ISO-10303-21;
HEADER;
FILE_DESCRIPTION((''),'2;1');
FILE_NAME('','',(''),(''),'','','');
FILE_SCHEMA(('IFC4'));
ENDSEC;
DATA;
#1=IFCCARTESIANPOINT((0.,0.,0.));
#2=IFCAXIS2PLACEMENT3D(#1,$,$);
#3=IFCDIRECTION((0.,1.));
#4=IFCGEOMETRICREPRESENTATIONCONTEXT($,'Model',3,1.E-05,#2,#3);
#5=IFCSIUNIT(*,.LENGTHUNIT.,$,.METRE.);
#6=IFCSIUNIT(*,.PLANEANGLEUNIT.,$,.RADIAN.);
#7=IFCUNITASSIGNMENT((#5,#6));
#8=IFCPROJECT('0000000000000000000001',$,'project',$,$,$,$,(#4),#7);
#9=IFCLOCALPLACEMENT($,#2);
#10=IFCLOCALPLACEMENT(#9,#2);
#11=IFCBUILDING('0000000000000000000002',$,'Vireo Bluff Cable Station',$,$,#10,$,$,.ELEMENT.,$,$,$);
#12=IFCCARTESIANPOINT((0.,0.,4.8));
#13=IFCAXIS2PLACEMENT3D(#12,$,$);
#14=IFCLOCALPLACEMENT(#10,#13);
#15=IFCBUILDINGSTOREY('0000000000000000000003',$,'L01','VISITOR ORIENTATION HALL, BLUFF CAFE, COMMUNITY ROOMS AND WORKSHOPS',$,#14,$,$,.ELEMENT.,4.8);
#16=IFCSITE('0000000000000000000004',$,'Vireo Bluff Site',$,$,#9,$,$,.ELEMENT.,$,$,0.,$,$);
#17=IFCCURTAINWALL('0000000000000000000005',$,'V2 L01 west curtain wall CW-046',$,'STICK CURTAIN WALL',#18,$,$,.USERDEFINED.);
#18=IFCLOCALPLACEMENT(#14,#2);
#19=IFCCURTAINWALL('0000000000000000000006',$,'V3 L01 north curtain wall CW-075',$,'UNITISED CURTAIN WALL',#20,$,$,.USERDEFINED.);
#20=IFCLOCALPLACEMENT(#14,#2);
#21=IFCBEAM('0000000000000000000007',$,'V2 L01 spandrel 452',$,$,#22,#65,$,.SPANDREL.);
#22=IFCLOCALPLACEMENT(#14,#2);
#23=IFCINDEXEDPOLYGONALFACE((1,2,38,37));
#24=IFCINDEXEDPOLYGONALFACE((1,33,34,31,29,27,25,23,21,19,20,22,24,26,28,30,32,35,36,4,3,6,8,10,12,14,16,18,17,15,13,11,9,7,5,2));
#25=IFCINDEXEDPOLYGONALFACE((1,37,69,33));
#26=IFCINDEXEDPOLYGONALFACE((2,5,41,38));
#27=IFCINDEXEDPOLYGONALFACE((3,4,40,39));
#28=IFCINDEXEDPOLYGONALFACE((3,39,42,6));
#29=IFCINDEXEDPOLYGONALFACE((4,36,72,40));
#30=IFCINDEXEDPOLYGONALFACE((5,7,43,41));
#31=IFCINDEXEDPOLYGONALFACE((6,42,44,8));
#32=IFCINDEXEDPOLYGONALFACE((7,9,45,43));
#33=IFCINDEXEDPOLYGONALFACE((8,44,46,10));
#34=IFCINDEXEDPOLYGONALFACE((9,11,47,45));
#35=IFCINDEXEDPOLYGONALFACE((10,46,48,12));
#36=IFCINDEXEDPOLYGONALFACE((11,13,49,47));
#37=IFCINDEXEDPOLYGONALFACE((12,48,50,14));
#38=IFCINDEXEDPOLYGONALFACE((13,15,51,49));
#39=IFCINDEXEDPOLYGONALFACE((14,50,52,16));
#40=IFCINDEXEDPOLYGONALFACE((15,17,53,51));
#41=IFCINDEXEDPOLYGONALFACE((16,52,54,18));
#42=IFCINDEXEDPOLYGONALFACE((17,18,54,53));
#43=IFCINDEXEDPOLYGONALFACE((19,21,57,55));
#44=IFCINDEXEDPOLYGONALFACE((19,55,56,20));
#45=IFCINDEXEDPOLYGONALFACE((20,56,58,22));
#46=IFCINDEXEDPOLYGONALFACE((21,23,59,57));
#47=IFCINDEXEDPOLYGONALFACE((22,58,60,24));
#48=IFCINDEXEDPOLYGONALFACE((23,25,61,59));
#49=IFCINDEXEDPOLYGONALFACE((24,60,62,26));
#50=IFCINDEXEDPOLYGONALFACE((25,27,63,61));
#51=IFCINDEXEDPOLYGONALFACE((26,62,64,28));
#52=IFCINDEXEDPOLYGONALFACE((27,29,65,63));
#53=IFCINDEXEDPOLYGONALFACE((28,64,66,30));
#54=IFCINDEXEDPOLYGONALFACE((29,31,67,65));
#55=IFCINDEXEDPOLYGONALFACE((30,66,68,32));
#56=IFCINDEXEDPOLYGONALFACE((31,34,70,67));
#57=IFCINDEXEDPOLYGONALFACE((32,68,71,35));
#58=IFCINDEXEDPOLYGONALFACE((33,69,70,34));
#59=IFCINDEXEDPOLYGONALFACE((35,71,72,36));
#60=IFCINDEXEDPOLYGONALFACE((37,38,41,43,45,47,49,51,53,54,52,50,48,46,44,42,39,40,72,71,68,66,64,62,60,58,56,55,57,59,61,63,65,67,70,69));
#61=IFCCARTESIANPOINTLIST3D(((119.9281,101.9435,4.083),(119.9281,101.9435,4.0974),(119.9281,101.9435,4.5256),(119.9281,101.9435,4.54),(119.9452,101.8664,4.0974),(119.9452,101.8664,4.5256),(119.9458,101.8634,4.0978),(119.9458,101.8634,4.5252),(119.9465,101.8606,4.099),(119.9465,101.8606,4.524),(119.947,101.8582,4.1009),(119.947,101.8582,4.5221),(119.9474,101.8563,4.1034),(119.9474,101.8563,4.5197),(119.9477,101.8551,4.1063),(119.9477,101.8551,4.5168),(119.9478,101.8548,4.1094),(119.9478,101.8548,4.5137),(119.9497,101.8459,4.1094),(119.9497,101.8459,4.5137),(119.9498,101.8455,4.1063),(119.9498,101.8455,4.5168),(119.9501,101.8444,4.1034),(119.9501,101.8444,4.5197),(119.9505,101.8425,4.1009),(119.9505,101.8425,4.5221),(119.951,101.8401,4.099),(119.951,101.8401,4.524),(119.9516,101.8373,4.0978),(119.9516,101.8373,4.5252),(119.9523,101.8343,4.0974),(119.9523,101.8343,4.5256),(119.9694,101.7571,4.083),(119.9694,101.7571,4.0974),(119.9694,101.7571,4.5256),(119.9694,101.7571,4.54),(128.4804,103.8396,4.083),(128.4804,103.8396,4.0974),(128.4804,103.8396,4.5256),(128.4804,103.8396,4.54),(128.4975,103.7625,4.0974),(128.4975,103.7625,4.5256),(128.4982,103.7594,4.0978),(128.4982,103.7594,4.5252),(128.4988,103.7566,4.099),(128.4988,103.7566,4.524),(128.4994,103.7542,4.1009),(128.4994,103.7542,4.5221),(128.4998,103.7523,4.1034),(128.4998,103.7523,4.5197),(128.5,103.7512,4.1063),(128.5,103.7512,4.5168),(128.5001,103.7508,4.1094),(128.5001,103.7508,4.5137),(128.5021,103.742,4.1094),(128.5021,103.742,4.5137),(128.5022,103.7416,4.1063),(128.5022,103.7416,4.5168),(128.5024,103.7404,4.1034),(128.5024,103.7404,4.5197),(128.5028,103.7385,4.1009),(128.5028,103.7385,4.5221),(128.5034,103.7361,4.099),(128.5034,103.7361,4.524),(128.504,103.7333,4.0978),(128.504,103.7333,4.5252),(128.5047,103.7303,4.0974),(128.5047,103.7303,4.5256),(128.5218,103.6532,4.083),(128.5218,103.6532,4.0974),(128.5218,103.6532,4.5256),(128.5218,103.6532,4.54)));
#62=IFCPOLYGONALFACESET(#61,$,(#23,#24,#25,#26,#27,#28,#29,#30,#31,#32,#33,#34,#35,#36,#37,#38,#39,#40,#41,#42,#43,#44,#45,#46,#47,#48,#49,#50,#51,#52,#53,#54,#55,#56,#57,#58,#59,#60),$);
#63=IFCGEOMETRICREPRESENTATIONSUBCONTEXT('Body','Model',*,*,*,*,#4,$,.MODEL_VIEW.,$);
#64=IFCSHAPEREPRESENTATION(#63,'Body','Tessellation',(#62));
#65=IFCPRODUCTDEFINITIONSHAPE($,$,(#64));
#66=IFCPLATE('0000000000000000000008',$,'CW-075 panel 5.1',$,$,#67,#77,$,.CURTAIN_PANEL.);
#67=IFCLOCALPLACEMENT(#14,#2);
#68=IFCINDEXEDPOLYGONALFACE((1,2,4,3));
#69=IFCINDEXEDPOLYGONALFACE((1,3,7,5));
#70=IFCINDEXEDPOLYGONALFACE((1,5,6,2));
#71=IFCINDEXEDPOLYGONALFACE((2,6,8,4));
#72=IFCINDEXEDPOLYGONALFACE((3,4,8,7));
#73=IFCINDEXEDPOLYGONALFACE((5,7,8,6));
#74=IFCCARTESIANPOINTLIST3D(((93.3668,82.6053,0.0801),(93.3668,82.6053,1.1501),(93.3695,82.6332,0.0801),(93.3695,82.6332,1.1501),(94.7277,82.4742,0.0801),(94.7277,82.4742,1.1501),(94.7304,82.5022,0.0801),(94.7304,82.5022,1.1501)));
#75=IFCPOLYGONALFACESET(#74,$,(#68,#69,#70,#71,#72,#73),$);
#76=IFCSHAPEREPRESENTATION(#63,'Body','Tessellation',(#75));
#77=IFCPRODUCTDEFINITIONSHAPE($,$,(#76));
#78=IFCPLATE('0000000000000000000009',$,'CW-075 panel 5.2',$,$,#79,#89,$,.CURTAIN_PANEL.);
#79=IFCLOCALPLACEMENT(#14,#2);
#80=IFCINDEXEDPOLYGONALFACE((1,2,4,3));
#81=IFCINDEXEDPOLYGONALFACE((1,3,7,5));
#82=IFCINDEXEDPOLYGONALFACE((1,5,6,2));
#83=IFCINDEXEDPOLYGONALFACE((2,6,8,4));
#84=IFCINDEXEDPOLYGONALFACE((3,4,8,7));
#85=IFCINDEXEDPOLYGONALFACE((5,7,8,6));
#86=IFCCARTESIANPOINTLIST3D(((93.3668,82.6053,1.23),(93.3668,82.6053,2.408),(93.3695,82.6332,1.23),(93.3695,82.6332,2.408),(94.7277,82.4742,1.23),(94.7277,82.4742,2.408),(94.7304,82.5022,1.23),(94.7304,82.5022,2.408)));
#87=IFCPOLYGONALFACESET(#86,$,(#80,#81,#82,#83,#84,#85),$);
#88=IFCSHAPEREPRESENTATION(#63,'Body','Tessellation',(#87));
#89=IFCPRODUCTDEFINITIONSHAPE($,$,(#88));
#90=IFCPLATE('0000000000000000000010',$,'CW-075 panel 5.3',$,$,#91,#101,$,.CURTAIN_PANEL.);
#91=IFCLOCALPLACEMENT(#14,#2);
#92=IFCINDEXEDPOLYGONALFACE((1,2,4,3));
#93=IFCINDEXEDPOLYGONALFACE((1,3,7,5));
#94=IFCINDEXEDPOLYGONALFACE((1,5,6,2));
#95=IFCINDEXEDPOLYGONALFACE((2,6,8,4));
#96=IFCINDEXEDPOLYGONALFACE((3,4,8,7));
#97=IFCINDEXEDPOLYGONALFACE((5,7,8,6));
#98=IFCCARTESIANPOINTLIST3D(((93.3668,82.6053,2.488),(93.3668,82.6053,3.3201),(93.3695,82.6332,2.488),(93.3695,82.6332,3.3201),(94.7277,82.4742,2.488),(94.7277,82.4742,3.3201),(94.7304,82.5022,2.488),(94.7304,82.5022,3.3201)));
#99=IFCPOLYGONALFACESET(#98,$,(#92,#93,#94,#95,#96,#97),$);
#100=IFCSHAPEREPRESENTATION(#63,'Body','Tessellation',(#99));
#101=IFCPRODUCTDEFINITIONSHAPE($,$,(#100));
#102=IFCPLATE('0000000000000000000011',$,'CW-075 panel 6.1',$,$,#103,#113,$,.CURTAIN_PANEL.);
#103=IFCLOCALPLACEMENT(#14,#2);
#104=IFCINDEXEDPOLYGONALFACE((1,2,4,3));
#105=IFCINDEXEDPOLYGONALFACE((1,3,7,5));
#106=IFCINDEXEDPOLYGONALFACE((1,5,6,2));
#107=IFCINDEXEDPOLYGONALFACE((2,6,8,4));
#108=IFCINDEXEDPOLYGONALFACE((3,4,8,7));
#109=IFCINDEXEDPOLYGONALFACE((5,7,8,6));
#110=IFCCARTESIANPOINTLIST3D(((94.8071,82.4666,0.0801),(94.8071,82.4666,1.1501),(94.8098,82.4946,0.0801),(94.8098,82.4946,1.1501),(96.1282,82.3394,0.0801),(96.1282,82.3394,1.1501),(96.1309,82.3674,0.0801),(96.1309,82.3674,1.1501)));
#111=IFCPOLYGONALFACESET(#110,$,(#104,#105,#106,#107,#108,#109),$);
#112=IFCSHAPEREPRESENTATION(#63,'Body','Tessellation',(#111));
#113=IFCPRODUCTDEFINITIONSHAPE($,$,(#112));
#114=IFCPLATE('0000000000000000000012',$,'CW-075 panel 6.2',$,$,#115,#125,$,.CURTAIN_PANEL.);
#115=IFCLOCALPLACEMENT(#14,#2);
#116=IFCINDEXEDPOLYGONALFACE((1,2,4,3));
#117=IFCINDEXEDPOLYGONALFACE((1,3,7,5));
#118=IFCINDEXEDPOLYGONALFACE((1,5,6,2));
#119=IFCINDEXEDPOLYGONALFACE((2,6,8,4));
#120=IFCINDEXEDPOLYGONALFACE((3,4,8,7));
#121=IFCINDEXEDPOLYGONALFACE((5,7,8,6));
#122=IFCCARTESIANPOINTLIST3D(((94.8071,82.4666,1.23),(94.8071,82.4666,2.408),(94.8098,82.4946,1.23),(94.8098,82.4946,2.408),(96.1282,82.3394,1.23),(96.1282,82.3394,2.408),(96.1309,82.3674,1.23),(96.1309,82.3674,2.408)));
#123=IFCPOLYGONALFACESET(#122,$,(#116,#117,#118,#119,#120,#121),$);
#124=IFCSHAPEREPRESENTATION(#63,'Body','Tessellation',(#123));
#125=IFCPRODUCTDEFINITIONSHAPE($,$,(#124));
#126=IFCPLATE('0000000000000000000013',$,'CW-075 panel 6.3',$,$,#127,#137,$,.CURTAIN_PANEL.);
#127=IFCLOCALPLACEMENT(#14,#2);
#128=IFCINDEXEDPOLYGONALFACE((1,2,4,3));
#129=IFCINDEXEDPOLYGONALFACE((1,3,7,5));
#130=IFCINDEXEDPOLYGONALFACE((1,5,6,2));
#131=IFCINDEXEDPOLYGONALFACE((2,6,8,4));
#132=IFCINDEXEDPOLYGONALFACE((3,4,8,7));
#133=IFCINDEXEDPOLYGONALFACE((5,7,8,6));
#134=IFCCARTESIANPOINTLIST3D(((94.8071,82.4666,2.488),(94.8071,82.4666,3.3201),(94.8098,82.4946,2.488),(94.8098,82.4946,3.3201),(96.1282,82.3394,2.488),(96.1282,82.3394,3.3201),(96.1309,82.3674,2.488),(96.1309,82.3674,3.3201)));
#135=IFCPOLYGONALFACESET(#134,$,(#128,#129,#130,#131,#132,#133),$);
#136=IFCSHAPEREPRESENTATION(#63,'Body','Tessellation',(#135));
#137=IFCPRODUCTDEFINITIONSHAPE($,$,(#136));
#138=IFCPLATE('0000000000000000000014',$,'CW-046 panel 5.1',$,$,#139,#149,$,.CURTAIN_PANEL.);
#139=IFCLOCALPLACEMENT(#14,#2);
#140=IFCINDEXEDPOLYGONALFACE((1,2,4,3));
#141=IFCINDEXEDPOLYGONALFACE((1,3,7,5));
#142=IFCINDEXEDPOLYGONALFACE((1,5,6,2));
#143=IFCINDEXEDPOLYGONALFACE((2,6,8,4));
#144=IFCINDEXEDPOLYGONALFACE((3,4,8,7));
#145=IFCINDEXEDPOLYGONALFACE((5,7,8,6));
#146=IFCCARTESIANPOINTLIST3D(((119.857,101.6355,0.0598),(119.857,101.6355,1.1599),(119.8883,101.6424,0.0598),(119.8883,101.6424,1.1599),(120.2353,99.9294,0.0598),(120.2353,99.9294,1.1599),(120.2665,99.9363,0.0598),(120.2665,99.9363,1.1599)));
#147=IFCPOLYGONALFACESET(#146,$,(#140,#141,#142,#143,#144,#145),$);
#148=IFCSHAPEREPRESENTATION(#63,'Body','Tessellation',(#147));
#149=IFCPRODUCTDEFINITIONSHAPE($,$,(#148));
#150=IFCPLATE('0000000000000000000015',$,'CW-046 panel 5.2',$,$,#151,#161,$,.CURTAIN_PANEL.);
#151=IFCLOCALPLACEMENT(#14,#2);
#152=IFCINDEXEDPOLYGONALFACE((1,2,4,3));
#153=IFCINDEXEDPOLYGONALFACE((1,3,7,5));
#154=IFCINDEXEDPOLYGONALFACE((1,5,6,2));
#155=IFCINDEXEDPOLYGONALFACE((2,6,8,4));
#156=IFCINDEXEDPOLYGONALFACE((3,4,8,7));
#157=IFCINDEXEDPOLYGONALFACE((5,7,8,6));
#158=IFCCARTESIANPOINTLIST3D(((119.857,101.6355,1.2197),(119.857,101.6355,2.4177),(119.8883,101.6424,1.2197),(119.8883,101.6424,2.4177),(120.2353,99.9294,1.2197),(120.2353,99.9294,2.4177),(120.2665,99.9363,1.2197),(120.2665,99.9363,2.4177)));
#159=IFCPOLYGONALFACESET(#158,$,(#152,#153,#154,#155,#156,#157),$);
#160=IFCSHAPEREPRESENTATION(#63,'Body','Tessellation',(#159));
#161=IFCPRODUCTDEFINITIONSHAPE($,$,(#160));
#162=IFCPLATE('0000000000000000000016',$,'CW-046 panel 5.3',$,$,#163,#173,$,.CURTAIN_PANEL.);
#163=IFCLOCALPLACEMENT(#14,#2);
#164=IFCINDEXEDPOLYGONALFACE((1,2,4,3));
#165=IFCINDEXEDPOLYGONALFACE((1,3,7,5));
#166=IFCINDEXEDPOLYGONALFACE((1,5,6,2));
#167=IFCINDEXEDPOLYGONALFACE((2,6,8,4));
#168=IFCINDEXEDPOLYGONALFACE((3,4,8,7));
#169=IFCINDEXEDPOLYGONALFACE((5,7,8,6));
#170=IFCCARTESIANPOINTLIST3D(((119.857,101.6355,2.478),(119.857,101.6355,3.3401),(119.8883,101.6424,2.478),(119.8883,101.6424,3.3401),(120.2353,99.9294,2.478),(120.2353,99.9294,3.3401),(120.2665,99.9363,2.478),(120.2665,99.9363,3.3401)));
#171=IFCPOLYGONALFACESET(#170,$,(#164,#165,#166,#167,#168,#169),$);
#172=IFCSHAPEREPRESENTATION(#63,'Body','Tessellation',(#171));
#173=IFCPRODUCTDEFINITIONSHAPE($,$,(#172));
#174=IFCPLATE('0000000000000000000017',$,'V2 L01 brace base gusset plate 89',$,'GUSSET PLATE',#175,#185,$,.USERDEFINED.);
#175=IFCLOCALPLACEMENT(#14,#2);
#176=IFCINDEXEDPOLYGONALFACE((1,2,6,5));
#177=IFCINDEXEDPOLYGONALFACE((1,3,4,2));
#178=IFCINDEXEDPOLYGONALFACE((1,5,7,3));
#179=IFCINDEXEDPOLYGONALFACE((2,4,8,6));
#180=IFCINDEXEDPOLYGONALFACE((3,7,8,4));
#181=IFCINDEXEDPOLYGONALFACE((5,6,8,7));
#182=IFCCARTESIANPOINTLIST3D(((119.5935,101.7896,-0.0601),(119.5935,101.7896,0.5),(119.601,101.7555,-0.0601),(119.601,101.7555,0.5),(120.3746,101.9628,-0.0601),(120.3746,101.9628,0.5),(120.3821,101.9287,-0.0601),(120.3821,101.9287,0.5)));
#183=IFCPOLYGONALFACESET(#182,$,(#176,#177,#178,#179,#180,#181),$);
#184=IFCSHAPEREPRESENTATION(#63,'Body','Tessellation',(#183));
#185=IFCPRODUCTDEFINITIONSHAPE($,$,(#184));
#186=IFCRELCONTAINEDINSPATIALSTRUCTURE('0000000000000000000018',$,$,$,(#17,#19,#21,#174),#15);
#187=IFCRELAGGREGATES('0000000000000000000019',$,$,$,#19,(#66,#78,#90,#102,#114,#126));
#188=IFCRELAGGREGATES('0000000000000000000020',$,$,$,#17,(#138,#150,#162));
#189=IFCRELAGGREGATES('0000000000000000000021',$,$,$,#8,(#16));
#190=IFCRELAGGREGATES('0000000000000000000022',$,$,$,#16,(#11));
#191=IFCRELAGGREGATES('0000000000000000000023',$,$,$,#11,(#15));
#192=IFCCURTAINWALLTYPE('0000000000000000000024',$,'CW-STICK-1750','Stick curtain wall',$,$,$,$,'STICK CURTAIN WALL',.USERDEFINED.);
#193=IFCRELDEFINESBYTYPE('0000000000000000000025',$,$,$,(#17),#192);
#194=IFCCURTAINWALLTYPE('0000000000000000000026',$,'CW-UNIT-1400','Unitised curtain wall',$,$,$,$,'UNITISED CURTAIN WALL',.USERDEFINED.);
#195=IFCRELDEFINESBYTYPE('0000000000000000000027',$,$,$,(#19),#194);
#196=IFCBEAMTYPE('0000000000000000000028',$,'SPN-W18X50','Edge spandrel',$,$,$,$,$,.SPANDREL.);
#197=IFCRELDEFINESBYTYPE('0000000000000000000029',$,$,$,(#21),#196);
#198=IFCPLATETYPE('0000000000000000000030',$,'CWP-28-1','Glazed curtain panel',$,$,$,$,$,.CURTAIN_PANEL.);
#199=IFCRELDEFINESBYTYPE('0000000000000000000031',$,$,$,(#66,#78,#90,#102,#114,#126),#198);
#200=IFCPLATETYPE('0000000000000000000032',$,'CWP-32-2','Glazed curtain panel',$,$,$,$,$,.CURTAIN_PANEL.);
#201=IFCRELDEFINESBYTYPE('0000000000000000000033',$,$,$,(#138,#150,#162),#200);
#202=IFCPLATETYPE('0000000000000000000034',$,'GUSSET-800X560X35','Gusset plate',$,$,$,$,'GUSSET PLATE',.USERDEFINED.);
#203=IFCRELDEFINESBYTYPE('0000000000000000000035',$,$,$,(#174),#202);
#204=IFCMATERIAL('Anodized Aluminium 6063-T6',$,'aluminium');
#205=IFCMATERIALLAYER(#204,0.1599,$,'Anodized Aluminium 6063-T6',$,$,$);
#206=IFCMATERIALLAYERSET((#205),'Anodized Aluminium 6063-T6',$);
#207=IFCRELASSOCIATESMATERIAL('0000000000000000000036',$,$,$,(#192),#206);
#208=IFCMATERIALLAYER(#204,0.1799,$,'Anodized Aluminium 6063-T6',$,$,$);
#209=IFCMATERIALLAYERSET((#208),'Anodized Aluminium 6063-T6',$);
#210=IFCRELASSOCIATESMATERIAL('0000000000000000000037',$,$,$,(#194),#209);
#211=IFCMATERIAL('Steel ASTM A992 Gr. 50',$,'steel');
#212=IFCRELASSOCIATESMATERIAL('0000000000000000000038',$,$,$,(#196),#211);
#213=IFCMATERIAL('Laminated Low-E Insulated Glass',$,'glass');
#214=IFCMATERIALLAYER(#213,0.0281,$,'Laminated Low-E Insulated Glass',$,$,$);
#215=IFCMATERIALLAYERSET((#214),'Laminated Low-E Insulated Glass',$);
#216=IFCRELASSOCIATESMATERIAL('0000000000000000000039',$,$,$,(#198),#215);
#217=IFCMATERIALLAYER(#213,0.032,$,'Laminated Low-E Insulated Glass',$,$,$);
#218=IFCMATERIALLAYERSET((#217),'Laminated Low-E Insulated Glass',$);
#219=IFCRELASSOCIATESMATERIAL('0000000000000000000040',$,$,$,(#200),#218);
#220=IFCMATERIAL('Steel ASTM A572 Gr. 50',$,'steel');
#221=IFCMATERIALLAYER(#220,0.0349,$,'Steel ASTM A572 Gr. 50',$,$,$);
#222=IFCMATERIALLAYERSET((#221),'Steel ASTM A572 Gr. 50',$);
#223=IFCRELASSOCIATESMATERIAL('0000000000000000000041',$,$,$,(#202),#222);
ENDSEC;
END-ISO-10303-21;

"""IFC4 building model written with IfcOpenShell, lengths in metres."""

from ifc_helpers import new_model, si_unit, direction, frame, origin, origin_2d, place, context, subcontext, project, spatial, rectangle, i_section, extrude, material, layer, layer_set, material_profile, profile_set, type_object, element, aggregate, save


model = new_model("IFC4")

# Units and contexts
model_context = context("Model", 3, precision=1e-05, world=origin(), true_north=direction((0.0, 1.0)))
body_context = subcontext(model_context, "Body", "Model", "MODEL_VIEW")
ifc_project = project(units=[si_unit("LENGTHUNIT", "METRE"), si_unit("PLANEANGLEUNIT", "RADIAN")], contexts=[model_context])

# Site, building, storey
site_placement = place(None, origin())
site = spatial("IfcSite", under=ifc_project, at=site_placement, Name="Vireo Bluff Site", CompositionType="ELEMENT", RefElevation=0.0)
building_placement = place(site_placement, origin())
building = spatial("IfcBuilding", under=site, at=building_placement, Name="Vireo Bluff Cable Station", CompositionType="ELEMENT")
storey_placement = place(building_placement, frame((0.0, 0.0, 4.8)))
storey = spatial("IfcBuildingStorey", under=building, at=storey_placement, Name="L01", Description="VISITOR ORIENTATION HALL, BLUFF CAFE, COMMUNITY ROOMS AND WORKSHOPS", CompositionType="ELEMENT", Elevation=4.8)

# Shared definitions
ifc_material_1 = material(Name="Steel ASTM A992 Gr. 50", Category="steel")

# Curtain wall
ifc_material_2 = material(Name="Anodized Aluminium 6063-T6", Category="aluminium")
ifc_layer_1 = layer(ifc_material_2, 0.1599, Name="Anodized Aluminium 6063-T6")
ifc_layer_set_1 = layer_set([ifc_layer_1], Name="Anodized Aluminium 6063-T6")
curtain_wall_type_1 = type_object("IfcCurtainWallType", Name="CW-STICK-1750", Description="Stick curtain wall", ElementType="STICK CURTAIN WALL", PredefinedType="USERDEFINED", material=ifc_layer_set_1)
curtain_wall_1_placement = place(storey_placement, origin())
curtain_wall_1 = element("IfcCurtainWall", 1, at=curtain_wall_1_placement, inside=storey, type_object=curtain_wall_type_1, Name="V2 L01 west curtain wall CW-046", ObjectType="STICK CURTAIN WALL", PredefinedType="USERDEFINED")

# Curtain wall
ifc_layer_2 = layer(ifc_material_2, 0.1799, Name="Anodized Aluminium 6063-T6")
ifc_layer_set_2 = layer_set([ifc_layer_2], Name="Anodized Aluminium 6063-T6")
curtain_wall_type_2 = type_object("IfcCurtainWallType", Name="CW-UNIT-1400", Description="Unitised curtain wall", ElementType="UNITISED CURTAIN WALL", PredefinedType="USERDEFINED", material=ifc_layer_set_2)
curtain_wall_2_placement = place(storey_placement, origin())
curtain_wall_2 = element("IfcCurtainWall", 2, at=curtain_wall_2_placement, inside=storey, type_object=curtain_wall_type_2, Name="V3 L01 north curtain wall CW-075", ObjectType="UNITISED CURTAIN WALL", PredefinedType="USERDEFINED")

# Beam
ifc_material_profile_1 = material_profile(ifc_material_1, i_section(OverallWidth=0.1909, OverallDepth=0.457, WebThickness=0.009, FlangeThickness=0.0144, FilletRadius=0.012, at=origin_2d()), Name="W18X50")
ifc_profile_set_1 = profile_set([ifc_material_profile_1], Name="Steel ASTM A992 Gr. 50")
beam_type = type_object("IfcBeamType", Name="SPN-W18X50", Description="Edge spandrel", PredefinedType="SPANDREL", material=ifc_profile_set_1)
beam_placement = place(storey_placement, frame((119.9487, 101.8503, 4.3115), z_axis=(0.976296, 0.216441, 0.0), x_axis=(-0.216441, 0.976296, 0.0)))
element("IfcBeam", 3, at=beam_placement, inside=storey, type_object=beam_type, Name="V2 L01 spandrel 452", PredefinedType="SPANDREL", context=body_context, shape_type="SweptSolid", body=[
    extrude(i_section(OverallWidth=0.1909, OverallDepth=0.457, WebThickness=0.009, FlangeThickness=0.0144, FilletRadius=0.012, at=origin_2d()), origin(), (0.0, 0.0, 1.0), 8.76),
])

# Plates
ifc_material_3 = material(Name="Laminated Low-E Insulated Glass", Category="glass")
ifc_layer_3 = layer(ifc_material_3, 0.0281, Name="Laminated Low-E Insulated Glass")
ifc_layer_set_3 = layer_set([ifc_layer_3], Name="Laminated Low-E Insulated Glass")
plate_type_1 = type_object("IfcPlateType", Name="CWP-28-1", Description="Glazed curtain panel", PredefinedType="CURTAIN_PANEL", material=ifc_layer_set_3)
plate_1_placement = place(storey_placement, frame((94.0486, 82.5537, 0.0801), z_axis=(0.0, 0.0, 1.0), x_axis=(0.995396, -0.095846, 0.0)))
plate_1 = element("IfcPlate", 4, at=plate_1_placement, type_object=plate_type_1, Name="CW-075 panel 5.1", PredefinedType="CURTAIN_PANEL", context=body_context, shape_type="SweptSolid", body=[
    extrude(rectangle(XDim=1.3672, YDim=0.0281, at=origin_2d()), origin(), (0.0, 0.0, 1.0), 1.0701),
])
plate_2_placement = place(storey_placement, frame((94.0486, 82.5537, 1.23), z_axis=(0.0, 0.0, 1.0), x_axis=(0.995396, -0.095846, 0.0)))
plate_2 = element("IfcPlate", 5, at=plate_2_placement, type_object=plate_type_1, Name="CW-075 panel 5.2", PredefinedType="CURTAIN_PANEL", context=body_context, shape_type="SweptSolid", body=[
    extrude(rectangle(XDim=1.3672, YDim=0.0281, at=origin_2d()), origin(), (0.0, 0.0, 1.0), 1.178),
])
plate_3_placement = place(storey_placement, frame((94.0486, 82.5537, 2.488), z_axis=(0.0, 0.0, 1.0), x_axis=(0.995396, -0.095846, 0.0)))
plate_3 = element("IfcPlate", 6, at=plate_3_placement, type_object=plate_type_1, Name="CW-075 panel 5.3", PredefinedType="CURTAIN_PANEL", context=body_context, shape_type="SweptSolid", body=[
    extrude(rectangle(XDim=1.3672, YDim=0.0281, at=origin_2d()), origin(), (0.0, 0.0, 1.0), 0.832),
])
plate_4_placement = place(storey_placement, frame((95.469, 82.417, 0.0801), z_axis=(0.0, 0.0, 1.0), x_axis=(0.995396, -0.095846, 0.0)))
plate_4 = element("IfcPlate", 7, at=plate_4_placement, type_object=plate_type_1, Name="CW-075 panel 6.1", PredefinedType="CURTAIN_PANEL", context=body_context, shape_type="SweptSolid", body=[
    extrude(rectangle(XDim=1.3271, YDim=0.0281, at=origin_2d()), origin(), (0.0, 0.0, 1.0), 1.0701),
])
plate_5_placement = place(storey_placement, frame((95.469, 82.417, 1.23), z_axis=(0.0, 0.0, 1.0), x_axis=(0.995396, -0.095846, 0.0)))
plate_5 = element("IfcPlate", 8, at=plate_5_placement, type_object=plate_type_1, Name="CW-075 panel 6.2", PredefinedType="CURTAIN_PANEL", context=body_context, shape_type="SweptSolid", body=[
    extrude(rectangle(XDim=1.3271, YDim=0.0281, at=origin_2d()), origin(), (0.0, 0.0, 1.0), 1.178),
])
plate_6_placement = place(storey_placement, frame((95.469, 82.417, 2.488), z_axis=(0.0, 0.0, 1.0), x_axis=(0.995396, -0.095846, 0.0)))
plate_6 = element("IfcPlate", 9, at=plate_6_placement, type_object=plate_type_1, Name="CW-075 panel 6.3", PredefinedType="CURTAIN_PANEL", context=body_context, shape_type="SweptSolid", body=[
    extrude(rectangle(XDim=1.3271, YDim=0.0281, at=origin_2d()), origin(), (0.0, 0.0, 1.0), 0.832),
])
aggregate(curtain_wall_2, [plate_1, plate_2, plate_3, plate_4, plate_5, plate_6])
ifc_layer_4 = layer(ifc_material_3, 0.032, Name="Laminated Low-E Insulated Glass")
ifc_layer_set_4 = layer_set([ifc_layer_4], Name="Laminated Low-E Insulated Glass")
plate_type_2 = type_object("IfcPlateType", Name="CWP-32-2", Description="Glazed curtain panel", PredefinedType="CURTAIN_PANEL", material=ifc_layer_set_4)
plate_7_placement = place(storey_placement, frame((120.0618, 100.7859, 0.0598), z_axis=(0.0, 0.0, 1.0), x_axis=(-0.21644, 0.976296, 0.0)))
plate_7 = element("IfcPlate", 10, at=plate_7_placement, type_object=plate_type_2, Name="CW-046 panel 5.1", PredefinedType="CURTAIN_PANEL", context=body_context, shape_type="SweptSolid", body=[
    extrude(rectangle(XDim=1.7476, YDim=0.032, at=origin_2d()), origin(), (0.0, 0.0, 1.0), 1.1001),
])
plate_8_placement = place(storey_placement, frame((120.0618, 100.7859, 1.2197), z_axis=(0.0, 0.0, 1.0), x_axis=(-0.21644, 0.976296, 0.0)))
plate_8 = element("IfcPlate", 11, at=plate_8_placement, type_object=plate_type_2, Name="CW-046 panel 5.2", PredefinedType="CURTAIN_PANEL", context=body_context, shape_type="SweptSolid", body=[
    extrude(rectangle(XDim=1.7476, YDim=0.032, at=origin_2d()), origin(), (0.0, 0.0, 1.0), 1.198),
])
plate_9_placement = place(storey_placement, frame((120.0618, 100.7859, 2.478), z_axis=(0.0, 0.0, 1.0), x_axis=(-0.21644, 0.976296, 0.0)))
plate_9 = element("IfcPlate", 12, at=plate_9_placement, type_object=plate_type_2, Name="CW-046 panel 5.3", PredefinedType="CURTAIN_PANEL", context=body_context, shape_type="SweptSolid", body=[
    extrude(rectangle(XDim=1.7476, YDim=0.032, at=origin_2d()), origin(), (0.0, 0.0, 1.0), 0.8621),
])
aggregate(curtain_wall_1, [plate_7, plate_8, plate_9])
ifc_material_4 = material(Name="Steel ASTM A572 Gr. 50", Category="steel")
ifc_layer_5 = layer(ifc_material_4, 0.0349, Name="Steel ASTM A572 Gr. 50")
ifc_layer_set_5 = layer_set([ifc_layer_5], Name="Steel ASTM A572 Gr. 50")
plate_type_3 = type_object("IfcPlateType", Name="GUSSET-800X560X35", Description="Gusset plate", ElementType="GUSSET PLATE", PredefinedType="USERDEFINED", material=ifc_layer_set_5)
plate_10_placement = place(storey_placement, frame((119.9878, 101.8591, -0.0601), z_axis=(0.0, 0.0, 1.0), x_axis=(0.976296, 0.21644, 0.0)))
element("IfcPlate", 13, at=plate_10_placement, inside=storey, type_object=plate_type_3, Name="V2 L01 brace base gusset plate 89", ObjectType="GUSSET PLATE", PredefinedType="USERDEFINED", context=body_context, shape_type="SweptSolid", body=[
    extrude(rectangle(XDim=0.8, YDim=0.0349, at=origin_2d()), origin(), (0.0, 0.0, 1.0), 0.5601),
])

save(model, "model.ifc")
